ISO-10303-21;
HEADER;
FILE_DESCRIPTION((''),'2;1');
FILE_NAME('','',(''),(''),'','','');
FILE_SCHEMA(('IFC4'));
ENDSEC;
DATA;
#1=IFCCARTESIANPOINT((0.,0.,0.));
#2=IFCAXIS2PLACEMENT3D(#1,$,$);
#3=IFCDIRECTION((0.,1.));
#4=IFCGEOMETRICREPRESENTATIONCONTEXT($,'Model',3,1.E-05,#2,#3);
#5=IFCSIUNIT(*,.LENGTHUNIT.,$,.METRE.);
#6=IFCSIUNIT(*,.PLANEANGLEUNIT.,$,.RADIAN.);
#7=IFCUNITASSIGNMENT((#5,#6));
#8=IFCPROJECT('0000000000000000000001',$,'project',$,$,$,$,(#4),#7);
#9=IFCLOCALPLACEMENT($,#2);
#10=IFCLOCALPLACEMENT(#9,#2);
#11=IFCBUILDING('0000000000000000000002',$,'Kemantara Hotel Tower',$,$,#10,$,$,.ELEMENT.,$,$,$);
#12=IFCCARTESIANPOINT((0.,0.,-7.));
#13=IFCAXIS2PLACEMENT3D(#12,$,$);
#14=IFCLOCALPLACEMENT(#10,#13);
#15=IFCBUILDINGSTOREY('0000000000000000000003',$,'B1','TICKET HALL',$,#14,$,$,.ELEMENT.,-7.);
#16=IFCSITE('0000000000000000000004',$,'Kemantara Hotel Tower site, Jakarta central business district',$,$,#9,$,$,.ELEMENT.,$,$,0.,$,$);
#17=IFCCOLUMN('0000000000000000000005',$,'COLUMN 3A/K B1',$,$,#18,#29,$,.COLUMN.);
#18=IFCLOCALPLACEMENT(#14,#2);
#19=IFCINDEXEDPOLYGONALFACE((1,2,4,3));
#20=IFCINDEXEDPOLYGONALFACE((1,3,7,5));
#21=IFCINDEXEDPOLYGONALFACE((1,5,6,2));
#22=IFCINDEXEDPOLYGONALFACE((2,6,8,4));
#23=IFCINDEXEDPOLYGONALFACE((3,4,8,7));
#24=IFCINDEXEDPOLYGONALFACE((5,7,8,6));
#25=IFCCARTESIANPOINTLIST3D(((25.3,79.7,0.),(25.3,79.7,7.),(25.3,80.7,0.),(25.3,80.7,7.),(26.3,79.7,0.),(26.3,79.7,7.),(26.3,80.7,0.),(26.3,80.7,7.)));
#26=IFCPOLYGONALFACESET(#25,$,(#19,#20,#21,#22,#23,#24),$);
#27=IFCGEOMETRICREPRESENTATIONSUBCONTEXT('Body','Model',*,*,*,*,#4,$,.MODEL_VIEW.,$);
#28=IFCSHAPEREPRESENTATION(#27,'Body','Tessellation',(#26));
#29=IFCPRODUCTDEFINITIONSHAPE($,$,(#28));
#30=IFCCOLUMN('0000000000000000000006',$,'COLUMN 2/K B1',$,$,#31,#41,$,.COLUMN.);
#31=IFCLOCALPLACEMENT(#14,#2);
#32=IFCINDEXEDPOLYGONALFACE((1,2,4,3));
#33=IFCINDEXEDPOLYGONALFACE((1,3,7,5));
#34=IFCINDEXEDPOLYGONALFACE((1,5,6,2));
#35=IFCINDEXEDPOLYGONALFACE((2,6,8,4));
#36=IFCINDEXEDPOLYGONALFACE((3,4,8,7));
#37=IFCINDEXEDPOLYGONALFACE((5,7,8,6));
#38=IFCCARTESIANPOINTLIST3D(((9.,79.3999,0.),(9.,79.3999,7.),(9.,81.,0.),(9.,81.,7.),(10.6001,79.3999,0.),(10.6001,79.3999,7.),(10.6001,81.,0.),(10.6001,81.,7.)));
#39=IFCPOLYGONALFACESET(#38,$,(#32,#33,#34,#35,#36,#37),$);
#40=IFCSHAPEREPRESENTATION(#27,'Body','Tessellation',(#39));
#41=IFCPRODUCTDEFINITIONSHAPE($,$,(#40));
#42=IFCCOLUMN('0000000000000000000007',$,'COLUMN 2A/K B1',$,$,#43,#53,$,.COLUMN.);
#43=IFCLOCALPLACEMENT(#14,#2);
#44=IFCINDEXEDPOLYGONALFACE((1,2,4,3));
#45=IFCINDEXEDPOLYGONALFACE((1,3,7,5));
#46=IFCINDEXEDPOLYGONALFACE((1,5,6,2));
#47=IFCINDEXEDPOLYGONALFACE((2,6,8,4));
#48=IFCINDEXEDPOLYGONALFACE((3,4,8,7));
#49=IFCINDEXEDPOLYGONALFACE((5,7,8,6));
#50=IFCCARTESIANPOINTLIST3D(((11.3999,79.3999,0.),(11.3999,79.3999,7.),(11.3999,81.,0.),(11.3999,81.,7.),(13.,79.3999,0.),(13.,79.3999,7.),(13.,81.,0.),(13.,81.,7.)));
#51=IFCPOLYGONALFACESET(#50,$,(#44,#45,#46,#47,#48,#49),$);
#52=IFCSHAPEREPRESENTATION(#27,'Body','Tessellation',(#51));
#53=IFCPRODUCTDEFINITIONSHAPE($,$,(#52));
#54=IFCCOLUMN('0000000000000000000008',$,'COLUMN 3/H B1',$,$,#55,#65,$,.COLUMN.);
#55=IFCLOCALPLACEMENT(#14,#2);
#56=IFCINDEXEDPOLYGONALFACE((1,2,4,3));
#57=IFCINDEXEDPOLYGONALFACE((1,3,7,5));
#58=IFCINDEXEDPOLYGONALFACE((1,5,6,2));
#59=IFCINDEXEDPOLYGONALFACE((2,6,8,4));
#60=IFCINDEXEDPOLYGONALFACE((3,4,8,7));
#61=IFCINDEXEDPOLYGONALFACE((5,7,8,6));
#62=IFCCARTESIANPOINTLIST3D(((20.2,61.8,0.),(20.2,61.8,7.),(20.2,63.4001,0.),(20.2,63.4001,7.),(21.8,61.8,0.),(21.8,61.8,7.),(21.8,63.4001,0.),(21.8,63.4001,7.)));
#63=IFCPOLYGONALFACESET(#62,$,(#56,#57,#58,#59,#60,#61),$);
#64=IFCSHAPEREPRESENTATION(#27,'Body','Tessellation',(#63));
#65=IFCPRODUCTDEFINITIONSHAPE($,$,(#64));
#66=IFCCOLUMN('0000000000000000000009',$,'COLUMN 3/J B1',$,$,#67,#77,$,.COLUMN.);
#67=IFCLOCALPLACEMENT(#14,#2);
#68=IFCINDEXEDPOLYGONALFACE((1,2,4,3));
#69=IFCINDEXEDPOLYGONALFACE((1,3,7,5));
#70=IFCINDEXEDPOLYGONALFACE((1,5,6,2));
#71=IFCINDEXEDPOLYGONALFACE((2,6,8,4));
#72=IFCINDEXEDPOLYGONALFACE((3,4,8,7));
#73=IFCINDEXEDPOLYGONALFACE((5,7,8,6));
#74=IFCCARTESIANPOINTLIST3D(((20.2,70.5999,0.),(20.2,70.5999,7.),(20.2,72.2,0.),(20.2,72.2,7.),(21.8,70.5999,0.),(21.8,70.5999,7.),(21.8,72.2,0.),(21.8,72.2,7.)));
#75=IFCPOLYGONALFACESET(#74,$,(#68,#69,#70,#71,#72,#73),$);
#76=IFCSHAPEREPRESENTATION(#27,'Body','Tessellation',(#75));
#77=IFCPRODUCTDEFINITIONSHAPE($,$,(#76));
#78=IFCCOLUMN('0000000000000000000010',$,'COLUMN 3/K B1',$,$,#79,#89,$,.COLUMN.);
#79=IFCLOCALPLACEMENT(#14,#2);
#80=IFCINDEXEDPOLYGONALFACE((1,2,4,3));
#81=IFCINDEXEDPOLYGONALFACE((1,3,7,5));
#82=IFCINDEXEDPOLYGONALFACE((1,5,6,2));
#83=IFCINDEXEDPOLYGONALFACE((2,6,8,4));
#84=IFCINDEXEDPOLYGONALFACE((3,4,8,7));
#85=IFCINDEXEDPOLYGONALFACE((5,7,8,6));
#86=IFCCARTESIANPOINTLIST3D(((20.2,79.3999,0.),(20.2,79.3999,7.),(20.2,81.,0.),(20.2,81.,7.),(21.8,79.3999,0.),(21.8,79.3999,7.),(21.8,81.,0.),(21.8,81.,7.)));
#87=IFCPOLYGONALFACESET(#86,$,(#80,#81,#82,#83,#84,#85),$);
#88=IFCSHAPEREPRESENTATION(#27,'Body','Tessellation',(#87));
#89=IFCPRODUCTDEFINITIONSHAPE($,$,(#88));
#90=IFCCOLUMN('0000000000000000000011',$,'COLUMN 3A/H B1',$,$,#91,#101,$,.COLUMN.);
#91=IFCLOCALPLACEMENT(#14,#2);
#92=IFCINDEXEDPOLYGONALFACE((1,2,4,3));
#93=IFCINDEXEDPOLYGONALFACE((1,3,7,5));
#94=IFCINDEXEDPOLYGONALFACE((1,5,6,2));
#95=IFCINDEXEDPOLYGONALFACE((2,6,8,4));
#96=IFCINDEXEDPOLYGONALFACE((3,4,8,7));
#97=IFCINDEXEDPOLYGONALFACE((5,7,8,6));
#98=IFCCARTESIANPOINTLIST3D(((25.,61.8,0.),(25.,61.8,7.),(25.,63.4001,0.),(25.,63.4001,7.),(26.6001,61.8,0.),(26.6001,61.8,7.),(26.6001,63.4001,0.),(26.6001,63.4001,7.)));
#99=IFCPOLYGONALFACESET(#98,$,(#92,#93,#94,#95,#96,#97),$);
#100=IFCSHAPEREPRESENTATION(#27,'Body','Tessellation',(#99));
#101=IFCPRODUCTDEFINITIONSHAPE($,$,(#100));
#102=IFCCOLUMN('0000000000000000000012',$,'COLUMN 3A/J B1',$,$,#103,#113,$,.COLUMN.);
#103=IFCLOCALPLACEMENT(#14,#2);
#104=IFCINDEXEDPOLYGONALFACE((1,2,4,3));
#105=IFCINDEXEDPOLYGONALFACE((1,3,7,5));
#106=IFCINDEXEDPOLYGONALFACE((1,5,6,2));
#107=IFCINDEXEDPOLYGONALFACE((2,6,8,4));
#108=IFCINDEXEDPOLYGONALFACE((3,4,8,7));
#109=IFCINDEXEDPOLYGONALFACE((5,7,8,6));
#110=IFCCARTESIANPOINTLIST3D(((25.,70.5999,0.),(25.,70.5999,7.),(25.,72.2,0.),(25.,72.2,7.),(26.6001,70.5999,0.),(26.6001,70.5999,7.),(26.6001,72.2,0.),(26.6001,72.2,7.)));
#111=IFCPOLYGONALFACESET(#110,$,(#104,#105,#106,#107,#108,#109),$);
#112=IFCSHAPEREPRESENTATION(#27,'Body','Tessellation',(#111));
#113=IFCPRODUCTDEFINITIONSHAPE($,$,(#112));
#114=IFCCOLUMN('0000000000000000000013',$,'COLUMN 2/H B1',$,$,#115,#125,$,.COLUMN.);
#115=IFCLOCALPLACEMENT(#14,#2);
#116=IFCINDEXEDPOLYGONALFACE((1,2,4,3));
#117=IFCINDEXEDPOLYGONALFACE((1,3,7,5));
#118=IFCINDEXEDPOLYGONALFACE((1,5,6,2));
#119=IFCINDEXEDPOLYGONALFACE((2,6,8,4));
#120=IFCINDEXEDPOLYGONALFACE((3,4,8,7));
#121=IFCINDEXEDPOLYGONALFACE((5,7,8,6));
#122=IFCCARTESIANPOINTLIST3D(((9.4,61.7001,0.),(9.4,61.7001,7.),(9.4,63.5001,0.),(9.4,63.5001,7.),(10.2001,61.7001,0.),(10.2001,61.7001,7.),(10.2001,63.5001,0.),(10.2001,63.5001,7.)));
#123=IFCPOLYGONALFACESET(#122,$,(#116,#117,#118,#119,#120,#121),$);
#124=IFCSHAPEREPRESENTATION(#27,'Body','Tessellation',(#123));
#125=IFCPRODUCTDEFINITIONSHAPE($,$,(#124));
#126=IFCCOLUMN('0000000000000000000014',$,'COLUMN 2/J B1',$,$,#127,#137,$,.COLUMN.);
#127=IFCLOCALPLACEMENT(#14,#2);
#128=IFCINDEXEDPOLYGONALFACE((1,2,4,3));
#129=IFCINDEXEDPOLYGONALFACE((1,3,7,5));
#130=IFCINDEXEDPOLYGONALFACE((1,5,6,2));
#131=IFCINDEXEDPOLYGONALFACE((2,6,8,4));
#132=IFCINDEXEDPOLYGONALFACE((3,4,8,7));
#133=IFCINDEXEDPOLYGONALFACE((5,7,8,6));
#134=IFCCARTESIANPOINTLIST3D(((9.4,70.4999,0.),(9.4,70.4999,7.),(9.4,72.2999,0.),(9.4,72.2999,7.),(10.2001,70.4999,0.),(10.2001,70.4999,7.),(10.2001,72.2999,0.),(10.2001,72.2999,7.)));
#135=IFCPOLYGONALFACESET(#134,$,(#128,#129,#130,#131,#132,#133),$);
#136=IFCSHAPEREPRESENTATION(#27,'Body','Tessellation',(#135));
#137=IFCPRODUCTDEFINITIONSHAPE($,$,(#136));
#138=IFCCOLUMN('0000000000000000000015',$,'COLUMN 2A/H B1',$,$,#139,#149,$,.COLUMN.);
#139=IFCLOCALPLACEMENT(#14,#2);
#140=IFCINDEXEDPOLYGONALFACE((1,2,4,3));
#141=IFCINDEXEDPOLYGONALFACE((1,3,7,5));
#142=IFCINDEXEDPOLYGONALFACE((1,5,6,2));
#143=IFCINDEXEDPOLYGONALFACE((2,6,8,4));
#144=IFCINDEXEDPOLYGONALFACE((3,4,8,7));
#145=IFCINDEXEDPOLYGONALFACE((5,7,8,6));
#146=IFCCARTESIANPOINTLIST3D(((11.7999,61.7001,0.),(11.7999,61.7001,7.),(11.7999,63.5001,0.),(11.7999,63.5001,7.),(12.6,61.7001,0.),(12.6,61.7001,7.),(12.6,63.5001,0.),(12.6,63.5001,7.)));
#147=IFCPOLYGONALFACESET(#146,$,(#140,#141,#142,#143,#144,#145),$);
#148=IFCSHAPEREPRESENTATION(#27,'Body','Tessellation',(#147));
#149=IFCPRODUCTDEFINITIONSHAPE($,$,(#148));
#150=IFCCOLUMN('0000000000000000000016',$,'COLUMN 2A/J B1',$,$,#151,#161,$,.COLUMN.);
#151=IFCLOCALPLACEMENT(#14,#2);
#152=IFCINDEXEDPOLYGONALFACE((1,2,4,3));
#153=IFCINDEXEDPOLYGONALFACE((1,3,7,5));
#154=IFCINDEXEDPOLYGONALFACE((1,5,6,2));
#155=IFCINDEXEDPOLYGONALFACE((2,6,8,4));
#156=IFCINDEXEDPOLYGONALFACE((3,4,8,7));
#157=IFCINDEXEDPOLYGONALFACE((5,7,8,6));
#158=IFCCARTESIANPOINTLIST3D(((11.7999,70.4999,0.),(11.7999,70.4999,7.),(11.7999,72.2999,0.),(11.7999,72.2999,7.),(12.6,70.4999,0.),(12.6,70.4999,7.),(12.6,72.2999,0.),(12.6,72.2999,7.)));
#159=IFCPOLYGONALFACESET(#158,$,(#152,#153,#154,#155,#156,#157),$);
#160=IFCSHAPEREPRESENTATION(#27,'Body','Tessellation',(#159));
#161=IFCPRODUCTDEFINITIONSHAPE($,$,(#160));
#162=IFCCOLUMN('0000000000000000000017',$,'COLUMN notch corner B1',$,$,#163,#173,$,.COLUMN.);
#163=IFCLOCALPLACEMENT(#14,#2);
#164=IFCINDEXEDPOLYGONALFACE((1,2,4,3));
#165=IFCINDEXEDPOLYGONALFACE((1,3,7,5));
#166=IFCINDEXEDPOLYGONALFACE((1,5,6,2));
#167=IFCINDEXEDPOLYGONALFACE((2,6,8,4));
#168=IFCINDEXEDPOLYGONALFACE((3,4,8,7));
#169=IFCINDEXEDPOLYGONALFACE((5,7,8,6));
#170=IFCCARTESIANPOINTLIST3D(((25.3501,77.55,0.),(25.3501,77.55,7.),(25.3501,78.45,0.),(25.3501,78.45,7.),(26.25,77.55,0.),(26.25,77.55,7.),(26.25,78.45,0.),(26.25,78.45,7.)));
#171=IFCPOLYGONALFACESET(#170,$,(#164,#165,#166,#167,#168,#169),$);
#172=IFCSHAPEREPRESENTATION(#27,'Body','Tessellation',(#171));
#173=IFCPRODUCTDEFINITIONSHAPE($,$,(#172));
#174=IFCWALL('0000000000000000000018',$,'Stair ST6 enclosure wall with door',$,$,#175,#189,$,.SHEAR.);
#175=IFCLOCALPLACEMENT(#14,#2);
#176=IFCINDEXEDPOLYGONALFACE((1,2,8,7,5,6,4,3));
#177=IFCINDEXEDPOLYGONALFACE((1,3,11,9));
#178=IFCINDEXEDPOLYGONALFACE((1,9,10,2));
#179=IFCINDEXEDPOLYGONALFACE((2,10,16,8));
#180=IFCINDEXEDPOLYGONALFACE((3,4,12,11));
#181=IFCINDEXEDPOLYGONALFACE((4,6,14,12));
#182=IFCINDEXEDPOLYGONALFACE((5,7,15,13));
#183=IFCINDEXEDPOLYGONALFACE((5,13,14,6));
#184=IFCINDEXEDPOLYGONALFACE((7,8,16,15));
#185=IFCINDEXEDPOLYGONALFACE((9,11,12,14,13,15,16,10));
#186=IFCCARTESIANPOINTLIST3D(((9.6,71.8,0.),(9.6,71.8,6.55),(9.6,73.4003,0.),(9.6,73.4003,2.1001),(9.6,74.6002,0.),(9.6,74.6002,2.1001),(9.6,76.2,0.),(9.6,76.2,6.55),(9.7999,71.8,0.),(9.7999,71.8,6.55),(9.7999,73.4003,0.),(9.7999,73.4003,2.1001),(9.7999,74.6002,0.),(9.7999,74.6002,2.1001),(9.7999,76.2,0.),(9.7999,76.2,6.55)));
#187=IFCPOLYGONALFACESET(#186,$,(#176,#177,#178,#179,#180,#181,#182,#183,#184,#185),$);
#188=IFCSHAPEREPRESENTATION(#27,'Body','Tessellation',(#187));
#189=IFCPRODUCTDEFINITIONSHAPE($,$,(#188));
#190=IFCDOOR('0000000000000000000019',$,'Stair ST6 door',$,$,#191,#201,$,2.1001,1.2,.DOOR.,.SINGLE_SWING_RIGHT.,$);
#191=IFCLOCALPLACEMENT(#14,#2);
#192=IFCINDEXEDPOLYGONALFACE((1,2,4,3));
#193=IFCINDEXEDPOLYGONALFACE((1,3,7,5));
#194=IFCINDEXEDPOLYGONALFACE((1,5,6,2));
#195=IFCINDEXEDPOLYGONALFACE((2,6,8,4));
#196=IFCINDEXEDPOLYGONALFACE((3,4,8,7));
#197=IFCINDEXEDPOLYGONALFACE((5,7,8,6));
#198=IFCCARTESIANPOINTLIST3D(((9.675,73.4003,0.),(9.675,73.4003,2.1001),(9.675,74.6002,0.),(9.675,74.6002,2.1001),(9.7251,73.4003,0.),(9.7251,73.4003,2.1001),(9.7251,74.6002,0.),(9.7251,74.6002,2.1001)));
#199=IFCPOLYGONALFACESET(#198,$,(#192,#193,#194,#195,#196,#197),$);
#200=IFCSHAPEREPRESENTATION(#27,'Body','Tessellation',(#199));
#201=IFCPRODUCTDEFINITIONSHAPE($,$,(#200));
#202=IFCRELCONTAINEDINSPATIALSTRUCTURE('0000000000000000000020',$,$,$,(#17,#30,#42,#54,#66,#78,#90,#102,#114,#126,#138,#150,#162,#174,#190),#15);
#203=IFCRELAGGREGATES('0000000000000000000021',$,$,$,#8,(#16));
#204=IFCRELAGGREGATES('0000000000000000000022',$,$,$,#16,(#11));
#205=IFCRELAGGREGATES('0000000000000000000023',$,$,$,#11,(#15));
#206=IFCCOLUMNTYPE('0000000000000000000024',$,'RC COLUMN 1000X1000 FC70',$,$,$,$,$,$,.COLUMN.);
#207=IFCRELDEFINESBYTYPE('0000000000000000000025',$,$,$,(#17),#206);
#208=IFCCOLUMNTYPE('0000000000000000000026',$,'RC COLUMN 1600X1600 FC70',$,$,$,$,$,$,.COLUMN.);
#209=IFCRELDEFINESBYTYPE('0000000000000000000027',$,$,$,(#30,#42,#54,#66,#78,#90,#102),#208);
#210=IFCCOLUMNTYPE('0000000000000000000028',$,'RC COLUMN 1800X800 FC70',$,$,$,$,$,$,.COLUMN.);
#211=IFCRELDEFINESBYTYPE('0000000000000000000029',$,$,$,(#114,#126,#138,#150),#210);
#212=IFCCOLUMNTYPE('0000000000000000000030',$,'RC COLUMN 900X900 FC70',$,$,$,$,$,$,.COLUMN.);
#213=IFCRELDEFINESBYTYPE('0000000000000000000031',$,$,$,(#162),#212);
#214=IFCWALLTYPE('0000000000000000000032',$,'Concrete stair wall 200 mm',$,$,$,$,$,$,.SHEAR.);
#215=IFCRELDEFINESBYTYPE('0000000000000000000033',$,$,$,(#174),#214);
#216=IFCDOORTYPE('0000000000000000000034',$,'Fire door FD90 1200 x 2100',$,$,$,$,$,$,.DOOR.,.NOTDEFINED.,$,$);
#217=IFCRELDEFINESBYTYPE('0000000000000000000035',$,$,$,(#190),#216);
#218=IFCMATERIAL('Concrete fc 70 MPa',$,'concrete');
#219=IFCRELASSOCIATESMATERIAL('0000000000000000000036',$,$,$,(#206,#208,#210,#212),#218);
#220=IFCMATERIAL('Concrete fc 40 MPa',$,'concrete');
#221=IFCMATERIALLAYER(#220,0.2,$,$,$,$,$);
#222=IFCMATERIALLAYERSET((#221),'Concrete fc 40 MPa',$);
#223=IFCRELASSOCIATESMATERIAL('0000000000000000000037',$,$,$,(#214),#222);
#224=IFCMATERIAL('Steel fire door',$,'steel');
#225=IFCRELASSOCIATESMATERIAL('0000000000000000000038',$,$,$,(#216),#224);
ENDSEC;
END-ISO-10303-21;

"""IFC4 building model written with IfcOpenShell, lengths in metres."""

from ifc_helpers import new_model, si_unit, direction, frame, frame_2d, origin, origin_2d, place, context, subcontext, project, spatial, rectangle, extrude, material, layer, layer_set, material_profile, profile_set, type_object, element, fill, save


model = new_model("IFC4")

# Units and contexts
model_context = context("Model", 3, precision=1e-05, world=origin(), true_north=direction((0.0, 1.0)))
body_context = subcontext(model_context, "Body", "Model", "MODEL_VIEW")
ifc_project = project(units=[si_unit("LENGTHUNIT", "METRE"), si_unit("PLANEANGLEUNIT", "RADIAN")], contexts=[model_context])

# Site, building, storey
site_placement = place(None, origin())
site = spatial("IfcSite", under=ifc_project, at=site_placement, Name="Kemantara Hotel Tower site, Jakarta central business district", CompositionType="ELEMENT", RefElevation=0.0)
building_placement = place(site_placement, origin())
building = spatial("IfcBuilding", under=site, at=building_placement, Name="Kemantara Hotel Tower", CompositionType="ELEMENT")
storey_placement = place(building_placement, frame((0.0, 0.0, -7.0)))
storey = spatial("IfcBuildingStorey", under=building, at=storey_placement, Name="B1", Description="TICKET HALL", CompositionType="ELEMENT", Elevation=-7.0)

# Columns
ifc_material_1 = material(Name="Concrete fc 70 MPa", Category="concrete")
ifc_material_profile_1 = material_profile(ifc_material_1, rectangle(XDim=1.0, YDim=1.0, at=origin_2d()), Name="RC 1000X1000")
ifc_profile_set_1 = profile_set([ifc_material_profile_1], Name="Concrete fc 70 MPa")
column_type_1 = type_object("IfcColumnType", Name="RC COLUMN 1000X1000 FC70", PredefinedType="COLUMN", material=ifc_profile_set_1)
column_1_placement = place(storey_placement, frame((25.8, 80.2, 0.0), z_axis=(0.0, 0.0, 1.0), x_axis=(1.0, 0.0, 0.0)))
element("IfcColumn", 1, at=column_1_placement, inside=storey, type_object=column_type_1, Name="COLUMN 3A/K B1", PredefinedType="COLUMN", context=body_context, shape_type="SweptSolid", body=[
    extrude(rectangle(XDim=1.0, YDim=1.0, at=origin_2d()), origin(), (0.0, 0.0, 1.0), 7.0),
])
ifc_material_profile_2 = material_profile(ifc_material_1, rectangle(XDim=1.6001, YDim=1.6001, at=origin_2d()), Name="RC 1600X1600")
ifc_profile_set_2 = profile_set([ifc_material_profile_2], Name="Concrete fc 70 MPa")
column_type_2 = type_object("IfcColumnType", Name="RC COLUMN 1600X1600 FC70", PredefinedType="COLUMN", material=ifc_profile_set_2)
for number, where, z_axis, x_axis, name in (
    (2, (9.8, 80.2, 0.0), (0.0, 0.0, 1.0), (1.0, 0.0, 0.0), "COLUMN 2/K B1"),
    (3, (12.2, 80.2, 0.0), (0.0, 0.0, 1.0), (1.0, 0.0, 0.0), "COLUMN 2A/K B1"),
    (4, (21.0, 62.6001, 0.0), (0.0, 0.0, 1.0), (1.0, 0.0, 0.0), "COLUMN 3/H B1"),
    (5, (21.0, 71.3999, 0.0), (0.0, 0.0, 1.0), (1.0, 0.0, 0.0), "COLUMN 3/J B1"),
    (6, (21.0, 80.2, 0.0), (0.0, 0.0, 1.0), (1.0, 0.0, 0.0), "COLUMN 3/K B1"),
    (7, (25.8, 62.6001, 0.0), (0.0, 0.0, 1.0), (1.0, 0.0, 0.0), "COLUMN 3A/H B1"),
    (8, (25.8, 71.3999, 0.0), (0.0, 0.0, 1.0), (1.0, 0.0, 0.0), "COLUMN 3A/J B1"),
):
    element("IfcColumn", number, at=place(storey_placement, frame(where, z_axis=z_axis, x_axis=x_axis)), inside=storey, type_object=column_type_2, Name=name, PredefinedType="COLUMN", context=body_context, shape_type="SweptSolid", body=[
        extrude(rectangle(XDim=1.6001, YDim=1.6001, at=origin_2d()), origin(), (0.0, 0.0, 1.0), 7.0),
    ])
ifc_material_profile_3 = material_profile(ifc_material_1, rectangle(XDim=1.8, YDim=0.8, at=origin_2d()), Name="RC 1800X800")
ifc_profile_set_3 = profile_set([ifc_material_profile_3], Name="Concrete fc 70 MPa")
column_type_3 = type_object("IfcColumnType", Name="RC COLUMN 1800X800 FC70", PredefinedType="COLUMN", material=ifc_profile_set_3)
for number, where, z_axis, x_axis, name in (
    (9, (9.8, 62.6001, 0.0), (0.0, 0.0, 1.0), (0.0, 1.0, 0.0), "COLUMN 2/H B1"),
    (10, (9.8, 71.3999, 0.0), (0.0, 0.0, 1.0), (0.0, 1.0, 0.0), "COLUMN 2/J B1"),
    (11, (12.2, 62.6001, 0.0), (0.0, 0.0, 1.0), (0.0, 1.0, 0.0), "COLUMN 2A/H B1"),
    (12, (12.2, 71.3999, 0.0), (0.0, 0.0, 1.0), (0.0, 1.0, 0.0), "COLUMN 2A/J B1"),
):
    element("IfcColumn", number, at=place(storey_placement, frame(where, z_axis=z_axis, x_axis=x_axis)), inside=storey, type_object=column_type_3, Name=name, PredefinedType="COLUMN", context=body_context, shape_type="SweptSolid", body=[
        extrude(rectangle(XDim=1.8, YDim=0.8, at=origin_2d()), origin(), (0.0, 0.0, 1.0), 7.0),
    ])
ifc_material_profile_4 = material_profile(ifc_material_1, rectangle(XDim=0.8999, YDim=0.8999, at=origin_2d()), Name="RC 900X900")
ifc_profile_set_4 = profile_set([ifc_material_profile_4], Name="Concrete fc 70 MPa")
column_type_4 = type_object("IfcColumnType", Name="RC COLUMN 900X900 FC70", PredefinedType="COLUMN", material=ifc_profile_set_4)
column_2_placement = place(storey_placement, frame((25.8, 78.0, 0.0), z_axis=(0.0, 0.0, 1.0), x_axis=(1.0, 0.0, 0.0)))
element("IfcColumn", 13, at=column_2_placement, inside=storey, type_object=column_type_4, Name="COLUMN notch corner B1", PredefinedType="COLUMN", context=body_context, shape_type="SweptSolid", body=[
    extrude(rectangle(XDim=0.8999, YDim=0.8999, at=origin_2d()), origin(), (0.0, 0.0, 1.0), 7.0),
])

# Wall, opening, door
ifc_material_2 = material(Name="Concrete fc 40 MPa", Category="concrete")
ifc_layer_1 = layer(ifc_material_2, 0.2)
ifc_layer_set_1 = layer_set([ifc_layer_1], Name="Concrete fc 40 MPa")
wall_type_1 = type_object("IfcWallType", Name="Concrete stair wall 200 mm", PredefinedType="SHEAR", material=ifc_layer_set_1)
wall_1_placement = place(storey_placement, frame((9.7, 71.8, 0.0), z_axis=(0.0, 0.0, 1.0), x_axis=(0.0, 1.0, 0.0)))
wall_1 = element("IfcWall", 14, at=wall_1_placement, inside=storey, type_object=wall_type_1, Name="Stair ST6 enclosure wall with door", PredefinedType="SHEAR", context=body_context, shape_type="SweptSolid", body=[
    extrude(rectangle(XDim=4.3999, YDim=0.2, at=frame_2d((2.2, 0.0))), origin(), (0.0, 0.0, 1.0), 6.55),
])
opening_1_placement = place(wall_1_placement, frame((1.6001, 0.0, 0.0)))
opening_1 = element("IfcOpeningElement", 15, at=opening_1_placement, cuts=wall_1, PredefinedType="OPENING", context=body_context, shape_type="SweptSolid", body=[
    extrude(rectangle(XDim=1.2, YDim=2.1001, at=frame_2d((0.6001, 1.05))), frame((0.0, 0.1099, 0.0), z_axis=(0.0, -1.0, 0.0), x_axis=(1.0, 0.0, 0.0)), (0.0, 0.0, 1.0), 0.22),
])
ifc_material_3 = material(Name="Steel fire door", Category="steel")
door_type_1 = type_object("IfcDoorType", Name="Fire door FD90 1200 x 2100", OperationType="NOTDEFINED", PredefinedType="DOOR", material=ifc_material_3)
door_1_placement = place(opening_1_placement, origin())
door_1 = element("IfcDoor", 16, at=door_1_placement, inside=storey, type_object=door_type_1, Name="Stair ST6 door", OperationType="SINGLE_SWING_RIGHT", OverallHeight=2.1001, OverallWidth=1.2, PredefinedType="DOOR", context=body_context, shape_type="SweptSolid", body=[
    extrude(rectangle(XDim=1.2, YDim=2.1001, at=frame_2d((0.6001, 1.05))), frame((0.0, 0.0249, 0.0), z_axis=(0.0, -1.0, 0.0), x_axis=(1.0, 0.0, 0.0)), (0.0, 0.0, 1.0), 0.05),
])
fill(opening_1, door_1)

save(model, "model.ifc")
